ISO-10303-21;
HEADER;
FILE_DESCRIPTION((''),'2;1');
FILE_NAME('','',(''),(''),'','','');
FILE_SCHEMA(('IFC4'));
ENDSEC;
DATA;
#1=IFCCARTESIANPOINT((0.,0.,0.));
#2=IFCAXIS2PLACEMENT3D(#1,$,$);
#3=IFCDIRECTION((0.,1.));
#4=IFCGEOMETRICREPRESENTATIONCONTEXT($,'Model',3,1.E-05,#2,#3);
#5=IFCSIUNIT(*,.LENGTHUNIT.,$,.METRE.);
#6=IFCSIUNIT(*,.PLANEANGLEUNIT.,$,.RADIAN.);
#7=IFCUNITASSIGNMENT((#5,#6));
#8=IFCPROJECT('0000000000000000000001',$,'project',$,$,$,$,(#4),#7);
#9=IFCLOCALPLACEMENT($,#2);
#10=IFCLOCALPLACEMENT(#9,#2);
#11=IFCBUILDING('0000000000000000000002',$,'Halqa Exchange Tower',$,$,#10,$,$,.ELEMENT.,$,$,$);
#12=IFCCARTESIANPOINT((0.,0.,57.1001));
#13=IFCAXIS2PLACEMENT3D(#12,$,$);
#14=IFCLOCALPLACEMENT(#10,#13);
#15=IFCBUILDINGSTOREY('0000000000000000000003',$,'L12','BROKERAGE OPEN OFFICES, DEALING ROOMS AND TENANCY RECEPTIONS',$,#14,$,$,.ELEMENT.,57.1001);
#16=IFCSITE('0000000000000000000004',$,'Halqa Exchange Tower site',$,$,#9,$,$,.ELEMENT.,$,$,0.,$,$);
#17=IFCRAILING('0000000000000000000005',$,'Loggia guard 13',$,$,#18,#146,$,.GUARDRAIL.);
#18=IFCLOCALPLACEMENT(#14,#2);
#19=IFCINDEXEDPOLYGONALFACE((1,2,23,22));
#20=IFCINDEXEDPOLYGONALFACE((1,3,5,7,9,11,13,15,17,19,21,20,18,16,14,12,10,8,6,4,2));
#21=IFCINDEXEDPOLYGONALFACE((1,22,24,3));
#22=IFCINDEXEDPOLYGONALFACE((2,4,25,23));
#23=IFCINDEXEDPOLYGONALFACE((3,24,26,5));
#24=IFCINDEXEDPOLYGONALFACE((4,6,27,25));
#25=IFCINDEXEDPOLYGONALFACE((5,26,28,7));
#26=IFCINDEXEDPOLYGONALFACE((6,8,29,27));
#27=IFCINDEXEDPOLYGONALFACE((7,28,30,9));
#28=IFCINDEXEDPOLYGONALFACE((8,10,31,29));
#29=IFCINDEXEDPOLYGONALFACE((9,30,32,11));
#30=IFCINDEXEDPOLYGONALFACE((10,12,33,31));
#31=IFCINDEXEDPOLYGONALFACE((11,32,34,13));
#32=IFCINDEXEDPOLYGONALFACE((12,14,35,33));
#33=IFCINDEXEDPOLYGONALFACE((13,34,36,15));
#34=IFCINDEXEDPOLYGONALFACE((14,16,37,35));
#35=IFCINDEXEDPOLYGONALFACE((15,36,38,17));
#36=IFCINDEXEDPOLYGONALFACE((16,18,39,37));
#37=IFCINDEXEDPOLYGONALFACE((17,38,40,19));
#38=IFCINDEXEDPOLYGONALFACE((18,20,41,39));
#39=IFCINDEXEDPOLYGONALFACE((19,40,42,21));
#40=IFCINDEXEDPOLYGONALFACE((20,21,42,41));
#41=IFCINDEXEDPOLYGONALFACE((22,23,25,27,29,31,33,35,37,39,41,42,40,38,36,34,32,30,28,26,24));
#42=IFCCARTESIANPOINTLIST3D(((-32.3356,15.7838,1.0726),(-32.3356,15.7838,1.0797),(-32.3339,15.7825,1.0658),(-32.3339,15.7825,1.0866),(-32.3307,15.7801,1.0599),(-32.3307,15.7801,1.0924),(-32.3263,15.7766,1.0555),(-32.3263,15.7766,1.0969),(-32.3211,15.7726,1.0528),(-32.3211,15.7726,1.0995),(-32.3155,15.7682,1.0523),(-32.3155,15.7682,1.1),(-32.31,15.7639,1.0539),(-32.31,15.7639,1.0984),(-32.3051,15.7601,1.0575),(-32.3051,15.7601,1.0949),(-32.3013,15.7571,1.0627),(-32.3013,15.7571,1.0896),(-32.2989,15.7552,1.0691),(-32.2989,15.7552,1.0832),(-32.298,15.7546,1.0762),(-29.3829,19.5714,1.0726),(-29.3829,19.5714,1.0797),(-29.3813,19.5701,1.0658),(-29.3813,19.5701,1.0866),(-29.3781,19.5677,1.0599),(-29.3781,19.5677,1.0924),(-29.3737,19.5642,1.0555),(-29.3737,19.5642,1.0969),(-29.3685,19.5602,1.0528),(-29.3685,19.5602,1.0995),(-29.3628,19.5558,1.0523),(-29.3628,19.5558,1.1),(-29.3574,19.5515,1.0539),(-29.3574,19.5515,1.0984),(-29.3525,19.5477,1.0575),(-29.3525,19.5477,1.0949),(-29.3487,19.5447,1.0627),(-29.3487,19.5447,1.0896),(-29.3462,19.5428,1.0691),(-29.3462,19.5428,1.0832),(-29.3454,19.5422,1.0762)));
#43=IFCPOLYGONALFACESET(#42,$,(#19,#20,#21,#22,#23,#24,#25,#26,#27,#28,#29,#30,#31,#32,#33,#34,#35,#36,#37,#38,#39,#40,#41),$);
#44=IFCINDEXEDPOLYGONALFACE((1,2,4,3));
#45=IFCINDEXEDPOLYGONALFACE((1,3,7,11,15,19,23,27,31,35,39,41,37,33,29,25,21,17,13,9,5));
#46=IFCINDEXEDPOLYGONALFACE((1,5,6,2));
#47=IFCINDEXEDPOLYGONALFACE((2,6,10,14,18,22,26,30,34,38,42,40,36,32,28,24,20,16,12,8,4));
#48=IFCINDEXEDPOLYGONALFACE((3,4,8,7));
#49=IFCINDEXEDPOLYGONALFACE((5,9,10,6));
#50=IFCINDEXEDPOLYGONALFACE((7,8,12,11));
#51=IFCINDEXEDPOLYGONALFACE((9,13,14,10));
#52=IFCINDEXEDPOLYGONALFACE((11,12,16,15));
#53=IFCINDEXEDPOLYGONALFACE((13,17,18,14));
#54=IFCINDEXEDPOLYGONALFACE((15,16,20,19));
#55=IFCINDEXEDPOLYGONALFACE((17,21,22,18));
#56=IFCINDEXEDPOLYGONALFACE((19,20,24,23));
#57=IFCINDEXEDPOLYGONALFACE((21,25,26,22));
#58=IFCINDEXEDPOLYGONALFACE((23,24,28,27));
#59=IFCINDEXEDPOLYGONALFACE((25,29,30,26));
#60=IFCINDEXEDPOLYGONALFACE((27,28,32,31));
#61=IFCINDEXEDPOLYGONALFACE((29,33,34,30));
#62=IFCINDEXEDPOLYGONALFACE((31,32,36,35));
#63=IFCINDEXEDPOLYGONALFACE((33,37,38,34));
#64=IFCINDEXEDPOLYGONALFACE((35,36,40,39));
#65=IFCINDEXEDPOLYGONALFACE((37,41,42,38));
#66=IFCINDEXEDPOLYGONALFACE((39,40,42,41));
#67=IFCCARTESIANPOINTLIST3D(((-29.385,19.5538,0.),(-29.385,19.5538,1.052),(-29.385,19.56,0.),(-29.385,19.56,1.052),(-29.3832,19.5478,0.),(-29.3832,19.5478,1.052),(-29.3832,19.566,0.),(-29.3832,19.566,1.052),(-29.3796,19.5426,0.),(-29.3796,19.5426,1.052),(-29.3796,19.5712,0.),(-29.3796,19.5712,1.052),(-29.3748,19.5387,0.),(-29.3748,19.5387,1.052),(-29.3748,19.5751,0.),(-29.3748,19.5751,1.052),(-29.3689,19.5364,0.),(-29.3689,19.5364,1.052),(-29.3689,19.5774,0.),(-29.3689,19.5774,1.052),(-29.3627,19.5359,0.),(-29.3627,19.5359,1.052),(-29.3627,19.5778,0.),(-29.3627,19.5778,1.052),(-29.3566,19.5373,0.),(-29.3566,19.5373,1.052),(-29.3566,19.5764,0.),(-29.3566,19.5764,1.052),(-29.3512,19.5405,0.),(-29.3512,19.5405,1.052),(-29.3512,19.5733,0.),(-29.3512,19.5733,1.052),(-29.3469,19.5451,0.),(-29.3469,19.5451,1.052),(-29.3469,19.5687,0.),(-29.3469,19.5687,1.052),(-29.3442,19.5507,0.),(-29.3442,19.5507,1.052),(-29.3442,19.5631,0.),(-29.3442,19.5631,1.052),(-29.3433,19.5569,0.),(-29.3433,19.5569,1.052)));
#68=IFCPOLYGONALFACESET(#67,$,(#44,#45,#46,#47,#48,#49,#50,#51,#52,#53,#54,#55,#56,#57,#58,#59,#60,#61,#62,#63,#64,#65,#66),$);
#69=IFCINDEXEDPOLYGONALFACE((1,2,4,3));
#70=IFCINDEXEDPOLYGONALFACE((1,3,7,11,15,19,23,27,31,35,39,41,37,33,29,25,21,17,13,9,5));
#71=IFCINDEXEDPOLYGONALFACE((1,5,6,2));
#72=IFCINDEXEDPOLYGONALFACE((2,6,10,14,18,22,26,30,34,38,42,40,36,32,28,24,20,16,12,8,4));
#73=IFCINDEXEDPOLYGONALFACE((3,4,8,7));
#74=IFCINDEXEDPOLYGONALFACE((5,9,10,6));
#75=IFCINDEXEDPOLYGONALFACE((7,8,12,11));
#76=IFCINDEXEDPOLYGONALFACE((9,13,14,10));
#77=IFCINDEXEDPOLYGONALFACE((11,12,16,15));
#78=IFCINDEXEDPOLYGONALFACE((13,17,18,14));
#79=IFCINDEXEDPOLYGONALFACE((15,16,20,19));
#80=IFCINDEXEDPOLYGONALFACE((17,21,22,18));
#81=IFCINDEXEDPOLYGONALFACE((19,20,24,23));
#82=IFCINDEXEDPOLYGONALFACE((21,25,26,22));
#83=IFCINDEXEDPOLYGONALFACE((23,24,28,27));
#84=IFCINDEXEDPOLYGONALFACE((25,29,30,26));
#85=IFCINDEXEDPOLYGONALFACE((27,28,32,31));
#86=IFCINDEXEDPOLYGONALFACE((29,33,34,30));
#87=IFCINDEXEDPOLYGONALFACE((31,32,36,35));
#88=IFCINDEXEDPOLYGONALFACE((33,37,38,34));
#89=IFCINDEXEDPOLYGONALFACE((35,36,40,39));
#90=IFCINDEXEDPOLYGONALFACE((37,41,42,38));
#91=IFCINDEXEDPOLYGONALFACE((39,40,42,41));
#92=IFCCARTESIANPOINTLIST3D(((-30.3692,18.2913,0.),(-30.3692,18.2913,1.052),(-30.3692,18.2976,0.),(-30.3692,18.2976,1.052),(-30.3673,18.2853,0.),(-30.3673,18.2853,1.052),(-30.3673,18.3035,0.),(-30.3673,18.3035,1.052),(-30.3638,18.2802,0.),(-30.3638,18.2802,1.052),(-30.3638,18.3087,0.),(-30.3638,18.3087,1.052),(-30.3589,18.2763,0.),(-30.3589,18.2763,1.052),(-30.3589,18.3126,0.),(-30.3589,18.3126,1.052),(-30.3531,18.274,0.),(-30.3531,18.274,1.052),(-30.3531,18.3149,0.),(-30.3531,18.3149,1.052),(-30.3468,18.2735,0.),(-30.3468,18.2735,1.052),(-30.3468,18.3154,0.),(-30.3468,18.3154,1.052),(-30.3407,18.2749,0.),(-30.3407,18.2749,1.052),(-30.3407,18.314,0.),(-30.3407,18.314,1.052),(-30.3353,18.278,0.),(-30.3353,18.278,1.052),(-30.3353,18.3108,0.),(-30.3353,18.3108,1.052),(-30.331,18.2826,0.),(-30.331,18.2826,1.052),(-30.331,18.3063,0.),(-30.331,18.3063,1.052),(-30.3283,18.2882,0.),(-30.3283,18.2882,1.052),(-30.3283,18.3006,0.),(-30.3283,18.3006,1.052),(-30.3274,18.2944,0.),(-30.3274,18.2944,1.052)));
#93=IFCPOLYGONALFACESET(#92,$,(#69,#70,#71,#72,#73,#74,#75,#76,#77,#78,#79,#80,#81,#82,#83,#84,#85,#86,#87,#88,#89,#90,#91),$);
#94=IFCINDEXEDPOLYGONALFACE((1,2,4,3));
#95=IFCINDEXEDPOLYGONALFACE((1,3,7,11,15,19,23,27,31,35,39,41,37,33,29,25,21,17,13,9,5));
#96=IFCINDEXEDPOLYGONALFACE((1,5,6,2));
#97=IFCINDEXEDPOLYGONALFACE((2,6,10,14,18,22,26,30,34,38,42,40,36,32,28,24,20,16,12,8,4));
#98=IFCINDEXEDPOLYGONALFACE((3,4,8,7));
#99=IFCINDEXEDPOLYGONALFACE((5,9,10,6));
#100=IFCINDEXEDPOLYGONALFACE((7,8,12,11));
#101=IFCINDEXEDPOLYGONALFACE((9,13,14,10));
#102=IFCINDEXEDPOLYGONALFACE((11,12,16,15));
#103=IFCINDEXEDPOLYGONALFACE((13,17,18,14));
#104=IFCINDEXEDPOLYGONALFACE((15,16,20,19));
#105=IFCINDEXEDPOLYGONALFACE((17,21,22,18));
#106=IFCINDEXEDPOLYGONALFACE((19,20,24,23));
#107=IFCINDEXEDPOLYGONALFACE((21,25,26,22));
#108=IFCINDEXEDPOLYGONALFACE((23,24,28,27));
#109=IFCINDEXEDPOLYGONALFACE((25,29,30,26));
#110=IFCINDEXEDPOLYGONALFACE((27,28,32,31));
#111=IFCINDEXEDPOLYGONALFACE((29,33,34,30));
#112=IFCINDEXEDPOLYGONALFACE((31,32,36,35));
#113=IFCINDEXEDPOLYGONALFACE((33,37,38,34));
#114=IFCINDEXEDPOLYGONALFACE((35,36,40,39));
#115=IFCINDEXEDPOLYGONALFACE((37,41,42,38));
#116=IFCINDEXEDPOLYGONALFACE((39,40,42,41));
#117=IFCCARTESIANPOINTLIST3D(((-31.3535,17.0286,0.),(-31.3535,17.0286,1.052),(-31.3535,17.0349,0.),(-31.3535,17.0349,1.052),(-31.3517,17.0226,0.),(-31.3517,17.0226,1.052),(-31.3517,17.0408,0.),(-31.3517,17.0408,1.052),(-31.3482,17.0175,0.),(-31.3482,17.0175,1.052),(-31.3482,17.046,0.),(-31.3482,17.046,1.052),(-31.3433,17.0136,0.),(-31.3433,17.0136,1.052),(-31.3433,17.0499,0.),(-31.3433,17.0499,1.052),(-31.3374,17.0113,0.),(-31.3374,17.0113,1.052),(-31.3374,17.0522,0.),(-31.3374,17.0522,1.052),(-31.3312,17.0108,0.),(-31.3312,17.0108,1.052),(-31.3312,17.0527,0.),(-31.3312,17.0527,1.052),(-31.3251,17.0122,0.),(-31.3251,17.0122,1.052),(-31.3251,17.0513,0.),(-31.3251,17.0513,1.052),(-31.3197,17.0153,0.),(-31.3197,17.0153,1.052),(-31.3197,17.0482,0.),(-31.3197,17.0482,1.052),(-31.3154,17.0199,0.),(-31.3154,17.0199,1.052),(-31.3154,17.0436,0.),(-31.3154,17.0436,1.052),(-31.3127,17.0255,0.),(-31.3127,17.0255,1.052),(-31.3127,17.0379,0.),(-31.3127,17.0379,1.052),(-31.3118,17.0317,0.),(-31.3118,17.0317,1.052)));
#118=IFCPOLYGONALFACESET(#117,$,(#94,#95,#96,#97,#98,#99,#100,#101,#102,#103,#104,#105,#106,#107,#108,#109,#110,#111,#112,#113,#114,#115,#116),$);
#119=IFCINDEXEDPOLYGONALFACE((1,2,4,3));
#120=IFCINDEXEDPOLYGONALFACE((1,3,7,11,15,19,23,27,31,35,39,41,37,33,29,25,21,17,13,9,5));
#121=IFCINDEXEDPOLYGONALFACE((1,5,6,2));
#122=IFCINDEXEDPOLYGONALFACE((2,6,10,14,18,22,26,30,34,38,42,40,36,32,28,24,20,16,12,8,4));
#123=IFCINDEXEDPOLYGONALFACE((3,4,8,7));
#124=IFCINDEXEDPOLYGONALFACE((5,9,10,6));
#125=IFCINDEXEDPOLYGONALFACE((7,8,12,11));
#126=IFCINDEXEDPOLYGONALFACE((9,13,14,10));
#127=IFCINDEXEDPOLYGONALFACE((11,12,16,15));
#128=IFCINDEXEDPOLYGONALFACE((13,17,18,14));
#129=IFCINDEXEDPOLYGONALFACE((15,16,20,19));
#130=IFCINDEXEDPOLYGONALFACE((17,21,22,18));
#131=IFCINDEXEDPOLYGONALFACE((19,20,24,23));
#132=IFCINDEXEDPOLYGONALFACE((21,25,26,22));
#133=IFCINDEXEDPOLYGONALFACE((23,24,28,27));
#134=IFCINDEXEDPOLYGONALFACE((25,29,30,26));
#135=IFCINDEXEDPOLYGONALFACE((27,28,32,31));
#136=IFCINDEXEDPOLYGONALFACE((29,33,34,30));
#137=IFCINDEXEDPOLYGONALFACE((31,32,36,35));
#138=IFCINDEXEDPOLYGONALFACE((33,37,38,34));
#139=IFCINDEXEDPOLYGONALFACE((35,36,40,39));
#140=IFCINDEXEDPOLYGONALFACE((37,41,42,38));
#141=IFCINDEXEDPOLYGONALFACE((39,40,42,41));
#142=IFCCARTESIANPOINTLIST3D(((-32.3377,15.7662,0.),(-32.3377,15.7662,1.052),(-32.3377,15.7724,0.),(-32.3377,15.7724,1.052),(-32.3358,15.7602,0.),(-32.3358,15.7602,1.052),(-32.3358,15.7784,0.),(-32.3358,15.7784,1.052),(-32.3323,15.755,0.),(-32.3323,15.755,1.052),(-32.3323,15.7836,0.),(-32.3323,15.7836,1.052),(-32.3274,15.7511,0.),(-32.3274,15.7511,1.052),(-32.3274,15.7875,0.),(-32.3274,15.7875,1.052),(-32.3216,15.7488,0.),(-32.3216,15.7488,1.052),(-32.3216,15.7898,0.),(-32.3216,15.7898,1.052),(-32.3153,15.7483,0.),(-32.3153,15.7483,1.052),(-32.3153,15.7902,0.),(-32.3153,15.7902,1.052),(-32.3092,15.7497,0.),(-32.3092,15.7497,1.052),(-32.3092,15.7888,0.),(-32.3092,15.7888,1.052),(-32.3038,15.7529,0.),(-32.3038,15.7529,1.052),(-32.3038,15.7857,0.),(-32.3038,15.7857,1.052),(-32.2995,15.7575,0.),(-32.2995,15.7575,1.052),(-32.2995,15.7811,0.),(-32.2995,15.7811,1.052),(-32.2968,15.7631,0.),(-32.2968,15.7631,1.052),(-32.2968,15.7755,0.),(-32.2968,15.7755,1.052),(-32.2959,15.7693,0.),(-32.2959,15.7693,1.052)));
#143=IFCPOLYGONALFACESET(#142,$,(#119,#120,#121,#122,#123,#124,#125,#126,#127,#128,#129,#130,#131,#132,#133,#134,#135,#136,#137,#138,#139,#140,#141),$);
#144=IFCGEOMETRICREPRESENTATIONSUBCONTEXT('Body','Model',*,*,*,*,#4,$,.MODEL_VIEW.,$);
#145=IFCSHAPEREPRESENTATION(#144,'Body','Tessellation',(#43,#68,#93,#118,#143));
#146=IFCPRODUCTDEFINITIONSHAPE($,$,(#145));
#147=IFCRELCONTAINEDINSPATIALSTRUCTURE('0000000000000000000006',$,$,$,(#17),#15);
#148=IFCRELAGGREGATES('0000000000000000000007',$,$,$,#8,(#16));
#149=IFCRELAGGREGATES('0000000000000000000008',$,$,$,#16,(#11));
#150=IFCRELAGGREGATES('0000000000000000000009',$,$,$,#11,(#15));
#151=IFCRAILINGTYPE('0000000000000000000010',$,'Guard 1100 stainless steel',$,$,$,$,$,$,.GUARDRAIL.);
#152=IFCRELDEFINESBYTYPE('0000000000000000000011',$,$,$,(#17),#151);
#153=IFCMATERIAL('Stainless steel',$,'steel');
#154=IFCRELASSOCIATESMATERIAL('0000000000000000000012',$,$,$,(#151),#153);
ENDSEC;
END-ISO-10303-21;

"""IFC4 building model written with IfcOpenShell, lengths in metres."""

from ifc_helpers import new_model, si_unit, direction, frame, origin, origin_2d, place, context, subcontext, project, spatial, circle, extrude, material, type_object, element, save


model = new_model("IFC4")

# Units and contexts
model_context = context("Model", 3, precision=1e-05, world=origin(), true_north=direction((0.0, 1.0)))
body_context = subcontext(model_context, "Body", "Model", "MODEL_VIEW")
ifc_project = project(units=[si_unit("LENGTHUNIT", "METRE"), si_unit("PLANEANGLEUNIT", "RADIAN")], contexts=[model_context])

# Site, building, storey
site_placement = place(None, origin())
site = spatial("IfcSite", under=ifc_project, at=site_placement, Name="Halqa Exchange Tower site", CompositionType="ELEMENT", RefElevation=0.0)
building_placement = place(site_placement, origin())
building = spatial("IfcBuilding", under=site, at=building_placement, Name="Halqa Exchange Tower", CompositionType="ELEMENT")
storey_placement = place(building_placement, frame((0.0, 0.0, 57.1001)))
storey = spatial("IfcBuildingStorey", under=building, at=storey_placement, Name="L12", Description="BROKERAGE OPEN OFFICES, DEALING ROOMS AND TENANCY RECEPTIONS", CompositionType="ELEMENT", Elevation=57.1001)

# Railing
ifc_material_1 = material(Name="Stainless steel", Category="steel")
railing_type = type_object("IfcRailingType", Name="Guard 1100 stainless steel", PredefinedType="GUARDRAIL", material=ifc_material_1)
railing_1_placement = place(storey_placement, frame((-29.3643, 19.5569, 0.0)))
element("IfcRailing", 1, at=railing_1_placement, inside=storey, type_object=railing_type, Name="Loggia guard 13", PredefinedType="GUARDRAIL", context=body_context, shape_type="SweptSolid", body=[
    extrude(circle(Radius=0.0239, at=origin_2d()), frame((0.0, 0.0, 1.0762), z_axis=(-0.614813, -0.788673, 0.0), x_axis=(0.788673, -0.614813, 0.0)), (0.0, 0.0, 1.0), 4.8025),
    extrude(circle(Radius=0.021, at=origin_2d()), origin(), (0.0, 0.0, 1.0), 1.052),
    extrude(circle(Radius=0.021, at=origin_2d()), frame((-0.9841, -1.2625, 0.0)), (0.0, 0.0, 1.0), 1.052),
    extrude(circle(Radius=0.021, at=origin_2d()), frame((-1.9685, -2.5251, 0.0)), (0.0, 0.0, 1.0), 1.052),
    extrude(circle(Radius=0.021, at=origin_2d()), frame((-2.9526, -3.7876, 0.0)), (0.0, 0.0, 1.0), 1.052),
])

save(model, "model.ifc")
